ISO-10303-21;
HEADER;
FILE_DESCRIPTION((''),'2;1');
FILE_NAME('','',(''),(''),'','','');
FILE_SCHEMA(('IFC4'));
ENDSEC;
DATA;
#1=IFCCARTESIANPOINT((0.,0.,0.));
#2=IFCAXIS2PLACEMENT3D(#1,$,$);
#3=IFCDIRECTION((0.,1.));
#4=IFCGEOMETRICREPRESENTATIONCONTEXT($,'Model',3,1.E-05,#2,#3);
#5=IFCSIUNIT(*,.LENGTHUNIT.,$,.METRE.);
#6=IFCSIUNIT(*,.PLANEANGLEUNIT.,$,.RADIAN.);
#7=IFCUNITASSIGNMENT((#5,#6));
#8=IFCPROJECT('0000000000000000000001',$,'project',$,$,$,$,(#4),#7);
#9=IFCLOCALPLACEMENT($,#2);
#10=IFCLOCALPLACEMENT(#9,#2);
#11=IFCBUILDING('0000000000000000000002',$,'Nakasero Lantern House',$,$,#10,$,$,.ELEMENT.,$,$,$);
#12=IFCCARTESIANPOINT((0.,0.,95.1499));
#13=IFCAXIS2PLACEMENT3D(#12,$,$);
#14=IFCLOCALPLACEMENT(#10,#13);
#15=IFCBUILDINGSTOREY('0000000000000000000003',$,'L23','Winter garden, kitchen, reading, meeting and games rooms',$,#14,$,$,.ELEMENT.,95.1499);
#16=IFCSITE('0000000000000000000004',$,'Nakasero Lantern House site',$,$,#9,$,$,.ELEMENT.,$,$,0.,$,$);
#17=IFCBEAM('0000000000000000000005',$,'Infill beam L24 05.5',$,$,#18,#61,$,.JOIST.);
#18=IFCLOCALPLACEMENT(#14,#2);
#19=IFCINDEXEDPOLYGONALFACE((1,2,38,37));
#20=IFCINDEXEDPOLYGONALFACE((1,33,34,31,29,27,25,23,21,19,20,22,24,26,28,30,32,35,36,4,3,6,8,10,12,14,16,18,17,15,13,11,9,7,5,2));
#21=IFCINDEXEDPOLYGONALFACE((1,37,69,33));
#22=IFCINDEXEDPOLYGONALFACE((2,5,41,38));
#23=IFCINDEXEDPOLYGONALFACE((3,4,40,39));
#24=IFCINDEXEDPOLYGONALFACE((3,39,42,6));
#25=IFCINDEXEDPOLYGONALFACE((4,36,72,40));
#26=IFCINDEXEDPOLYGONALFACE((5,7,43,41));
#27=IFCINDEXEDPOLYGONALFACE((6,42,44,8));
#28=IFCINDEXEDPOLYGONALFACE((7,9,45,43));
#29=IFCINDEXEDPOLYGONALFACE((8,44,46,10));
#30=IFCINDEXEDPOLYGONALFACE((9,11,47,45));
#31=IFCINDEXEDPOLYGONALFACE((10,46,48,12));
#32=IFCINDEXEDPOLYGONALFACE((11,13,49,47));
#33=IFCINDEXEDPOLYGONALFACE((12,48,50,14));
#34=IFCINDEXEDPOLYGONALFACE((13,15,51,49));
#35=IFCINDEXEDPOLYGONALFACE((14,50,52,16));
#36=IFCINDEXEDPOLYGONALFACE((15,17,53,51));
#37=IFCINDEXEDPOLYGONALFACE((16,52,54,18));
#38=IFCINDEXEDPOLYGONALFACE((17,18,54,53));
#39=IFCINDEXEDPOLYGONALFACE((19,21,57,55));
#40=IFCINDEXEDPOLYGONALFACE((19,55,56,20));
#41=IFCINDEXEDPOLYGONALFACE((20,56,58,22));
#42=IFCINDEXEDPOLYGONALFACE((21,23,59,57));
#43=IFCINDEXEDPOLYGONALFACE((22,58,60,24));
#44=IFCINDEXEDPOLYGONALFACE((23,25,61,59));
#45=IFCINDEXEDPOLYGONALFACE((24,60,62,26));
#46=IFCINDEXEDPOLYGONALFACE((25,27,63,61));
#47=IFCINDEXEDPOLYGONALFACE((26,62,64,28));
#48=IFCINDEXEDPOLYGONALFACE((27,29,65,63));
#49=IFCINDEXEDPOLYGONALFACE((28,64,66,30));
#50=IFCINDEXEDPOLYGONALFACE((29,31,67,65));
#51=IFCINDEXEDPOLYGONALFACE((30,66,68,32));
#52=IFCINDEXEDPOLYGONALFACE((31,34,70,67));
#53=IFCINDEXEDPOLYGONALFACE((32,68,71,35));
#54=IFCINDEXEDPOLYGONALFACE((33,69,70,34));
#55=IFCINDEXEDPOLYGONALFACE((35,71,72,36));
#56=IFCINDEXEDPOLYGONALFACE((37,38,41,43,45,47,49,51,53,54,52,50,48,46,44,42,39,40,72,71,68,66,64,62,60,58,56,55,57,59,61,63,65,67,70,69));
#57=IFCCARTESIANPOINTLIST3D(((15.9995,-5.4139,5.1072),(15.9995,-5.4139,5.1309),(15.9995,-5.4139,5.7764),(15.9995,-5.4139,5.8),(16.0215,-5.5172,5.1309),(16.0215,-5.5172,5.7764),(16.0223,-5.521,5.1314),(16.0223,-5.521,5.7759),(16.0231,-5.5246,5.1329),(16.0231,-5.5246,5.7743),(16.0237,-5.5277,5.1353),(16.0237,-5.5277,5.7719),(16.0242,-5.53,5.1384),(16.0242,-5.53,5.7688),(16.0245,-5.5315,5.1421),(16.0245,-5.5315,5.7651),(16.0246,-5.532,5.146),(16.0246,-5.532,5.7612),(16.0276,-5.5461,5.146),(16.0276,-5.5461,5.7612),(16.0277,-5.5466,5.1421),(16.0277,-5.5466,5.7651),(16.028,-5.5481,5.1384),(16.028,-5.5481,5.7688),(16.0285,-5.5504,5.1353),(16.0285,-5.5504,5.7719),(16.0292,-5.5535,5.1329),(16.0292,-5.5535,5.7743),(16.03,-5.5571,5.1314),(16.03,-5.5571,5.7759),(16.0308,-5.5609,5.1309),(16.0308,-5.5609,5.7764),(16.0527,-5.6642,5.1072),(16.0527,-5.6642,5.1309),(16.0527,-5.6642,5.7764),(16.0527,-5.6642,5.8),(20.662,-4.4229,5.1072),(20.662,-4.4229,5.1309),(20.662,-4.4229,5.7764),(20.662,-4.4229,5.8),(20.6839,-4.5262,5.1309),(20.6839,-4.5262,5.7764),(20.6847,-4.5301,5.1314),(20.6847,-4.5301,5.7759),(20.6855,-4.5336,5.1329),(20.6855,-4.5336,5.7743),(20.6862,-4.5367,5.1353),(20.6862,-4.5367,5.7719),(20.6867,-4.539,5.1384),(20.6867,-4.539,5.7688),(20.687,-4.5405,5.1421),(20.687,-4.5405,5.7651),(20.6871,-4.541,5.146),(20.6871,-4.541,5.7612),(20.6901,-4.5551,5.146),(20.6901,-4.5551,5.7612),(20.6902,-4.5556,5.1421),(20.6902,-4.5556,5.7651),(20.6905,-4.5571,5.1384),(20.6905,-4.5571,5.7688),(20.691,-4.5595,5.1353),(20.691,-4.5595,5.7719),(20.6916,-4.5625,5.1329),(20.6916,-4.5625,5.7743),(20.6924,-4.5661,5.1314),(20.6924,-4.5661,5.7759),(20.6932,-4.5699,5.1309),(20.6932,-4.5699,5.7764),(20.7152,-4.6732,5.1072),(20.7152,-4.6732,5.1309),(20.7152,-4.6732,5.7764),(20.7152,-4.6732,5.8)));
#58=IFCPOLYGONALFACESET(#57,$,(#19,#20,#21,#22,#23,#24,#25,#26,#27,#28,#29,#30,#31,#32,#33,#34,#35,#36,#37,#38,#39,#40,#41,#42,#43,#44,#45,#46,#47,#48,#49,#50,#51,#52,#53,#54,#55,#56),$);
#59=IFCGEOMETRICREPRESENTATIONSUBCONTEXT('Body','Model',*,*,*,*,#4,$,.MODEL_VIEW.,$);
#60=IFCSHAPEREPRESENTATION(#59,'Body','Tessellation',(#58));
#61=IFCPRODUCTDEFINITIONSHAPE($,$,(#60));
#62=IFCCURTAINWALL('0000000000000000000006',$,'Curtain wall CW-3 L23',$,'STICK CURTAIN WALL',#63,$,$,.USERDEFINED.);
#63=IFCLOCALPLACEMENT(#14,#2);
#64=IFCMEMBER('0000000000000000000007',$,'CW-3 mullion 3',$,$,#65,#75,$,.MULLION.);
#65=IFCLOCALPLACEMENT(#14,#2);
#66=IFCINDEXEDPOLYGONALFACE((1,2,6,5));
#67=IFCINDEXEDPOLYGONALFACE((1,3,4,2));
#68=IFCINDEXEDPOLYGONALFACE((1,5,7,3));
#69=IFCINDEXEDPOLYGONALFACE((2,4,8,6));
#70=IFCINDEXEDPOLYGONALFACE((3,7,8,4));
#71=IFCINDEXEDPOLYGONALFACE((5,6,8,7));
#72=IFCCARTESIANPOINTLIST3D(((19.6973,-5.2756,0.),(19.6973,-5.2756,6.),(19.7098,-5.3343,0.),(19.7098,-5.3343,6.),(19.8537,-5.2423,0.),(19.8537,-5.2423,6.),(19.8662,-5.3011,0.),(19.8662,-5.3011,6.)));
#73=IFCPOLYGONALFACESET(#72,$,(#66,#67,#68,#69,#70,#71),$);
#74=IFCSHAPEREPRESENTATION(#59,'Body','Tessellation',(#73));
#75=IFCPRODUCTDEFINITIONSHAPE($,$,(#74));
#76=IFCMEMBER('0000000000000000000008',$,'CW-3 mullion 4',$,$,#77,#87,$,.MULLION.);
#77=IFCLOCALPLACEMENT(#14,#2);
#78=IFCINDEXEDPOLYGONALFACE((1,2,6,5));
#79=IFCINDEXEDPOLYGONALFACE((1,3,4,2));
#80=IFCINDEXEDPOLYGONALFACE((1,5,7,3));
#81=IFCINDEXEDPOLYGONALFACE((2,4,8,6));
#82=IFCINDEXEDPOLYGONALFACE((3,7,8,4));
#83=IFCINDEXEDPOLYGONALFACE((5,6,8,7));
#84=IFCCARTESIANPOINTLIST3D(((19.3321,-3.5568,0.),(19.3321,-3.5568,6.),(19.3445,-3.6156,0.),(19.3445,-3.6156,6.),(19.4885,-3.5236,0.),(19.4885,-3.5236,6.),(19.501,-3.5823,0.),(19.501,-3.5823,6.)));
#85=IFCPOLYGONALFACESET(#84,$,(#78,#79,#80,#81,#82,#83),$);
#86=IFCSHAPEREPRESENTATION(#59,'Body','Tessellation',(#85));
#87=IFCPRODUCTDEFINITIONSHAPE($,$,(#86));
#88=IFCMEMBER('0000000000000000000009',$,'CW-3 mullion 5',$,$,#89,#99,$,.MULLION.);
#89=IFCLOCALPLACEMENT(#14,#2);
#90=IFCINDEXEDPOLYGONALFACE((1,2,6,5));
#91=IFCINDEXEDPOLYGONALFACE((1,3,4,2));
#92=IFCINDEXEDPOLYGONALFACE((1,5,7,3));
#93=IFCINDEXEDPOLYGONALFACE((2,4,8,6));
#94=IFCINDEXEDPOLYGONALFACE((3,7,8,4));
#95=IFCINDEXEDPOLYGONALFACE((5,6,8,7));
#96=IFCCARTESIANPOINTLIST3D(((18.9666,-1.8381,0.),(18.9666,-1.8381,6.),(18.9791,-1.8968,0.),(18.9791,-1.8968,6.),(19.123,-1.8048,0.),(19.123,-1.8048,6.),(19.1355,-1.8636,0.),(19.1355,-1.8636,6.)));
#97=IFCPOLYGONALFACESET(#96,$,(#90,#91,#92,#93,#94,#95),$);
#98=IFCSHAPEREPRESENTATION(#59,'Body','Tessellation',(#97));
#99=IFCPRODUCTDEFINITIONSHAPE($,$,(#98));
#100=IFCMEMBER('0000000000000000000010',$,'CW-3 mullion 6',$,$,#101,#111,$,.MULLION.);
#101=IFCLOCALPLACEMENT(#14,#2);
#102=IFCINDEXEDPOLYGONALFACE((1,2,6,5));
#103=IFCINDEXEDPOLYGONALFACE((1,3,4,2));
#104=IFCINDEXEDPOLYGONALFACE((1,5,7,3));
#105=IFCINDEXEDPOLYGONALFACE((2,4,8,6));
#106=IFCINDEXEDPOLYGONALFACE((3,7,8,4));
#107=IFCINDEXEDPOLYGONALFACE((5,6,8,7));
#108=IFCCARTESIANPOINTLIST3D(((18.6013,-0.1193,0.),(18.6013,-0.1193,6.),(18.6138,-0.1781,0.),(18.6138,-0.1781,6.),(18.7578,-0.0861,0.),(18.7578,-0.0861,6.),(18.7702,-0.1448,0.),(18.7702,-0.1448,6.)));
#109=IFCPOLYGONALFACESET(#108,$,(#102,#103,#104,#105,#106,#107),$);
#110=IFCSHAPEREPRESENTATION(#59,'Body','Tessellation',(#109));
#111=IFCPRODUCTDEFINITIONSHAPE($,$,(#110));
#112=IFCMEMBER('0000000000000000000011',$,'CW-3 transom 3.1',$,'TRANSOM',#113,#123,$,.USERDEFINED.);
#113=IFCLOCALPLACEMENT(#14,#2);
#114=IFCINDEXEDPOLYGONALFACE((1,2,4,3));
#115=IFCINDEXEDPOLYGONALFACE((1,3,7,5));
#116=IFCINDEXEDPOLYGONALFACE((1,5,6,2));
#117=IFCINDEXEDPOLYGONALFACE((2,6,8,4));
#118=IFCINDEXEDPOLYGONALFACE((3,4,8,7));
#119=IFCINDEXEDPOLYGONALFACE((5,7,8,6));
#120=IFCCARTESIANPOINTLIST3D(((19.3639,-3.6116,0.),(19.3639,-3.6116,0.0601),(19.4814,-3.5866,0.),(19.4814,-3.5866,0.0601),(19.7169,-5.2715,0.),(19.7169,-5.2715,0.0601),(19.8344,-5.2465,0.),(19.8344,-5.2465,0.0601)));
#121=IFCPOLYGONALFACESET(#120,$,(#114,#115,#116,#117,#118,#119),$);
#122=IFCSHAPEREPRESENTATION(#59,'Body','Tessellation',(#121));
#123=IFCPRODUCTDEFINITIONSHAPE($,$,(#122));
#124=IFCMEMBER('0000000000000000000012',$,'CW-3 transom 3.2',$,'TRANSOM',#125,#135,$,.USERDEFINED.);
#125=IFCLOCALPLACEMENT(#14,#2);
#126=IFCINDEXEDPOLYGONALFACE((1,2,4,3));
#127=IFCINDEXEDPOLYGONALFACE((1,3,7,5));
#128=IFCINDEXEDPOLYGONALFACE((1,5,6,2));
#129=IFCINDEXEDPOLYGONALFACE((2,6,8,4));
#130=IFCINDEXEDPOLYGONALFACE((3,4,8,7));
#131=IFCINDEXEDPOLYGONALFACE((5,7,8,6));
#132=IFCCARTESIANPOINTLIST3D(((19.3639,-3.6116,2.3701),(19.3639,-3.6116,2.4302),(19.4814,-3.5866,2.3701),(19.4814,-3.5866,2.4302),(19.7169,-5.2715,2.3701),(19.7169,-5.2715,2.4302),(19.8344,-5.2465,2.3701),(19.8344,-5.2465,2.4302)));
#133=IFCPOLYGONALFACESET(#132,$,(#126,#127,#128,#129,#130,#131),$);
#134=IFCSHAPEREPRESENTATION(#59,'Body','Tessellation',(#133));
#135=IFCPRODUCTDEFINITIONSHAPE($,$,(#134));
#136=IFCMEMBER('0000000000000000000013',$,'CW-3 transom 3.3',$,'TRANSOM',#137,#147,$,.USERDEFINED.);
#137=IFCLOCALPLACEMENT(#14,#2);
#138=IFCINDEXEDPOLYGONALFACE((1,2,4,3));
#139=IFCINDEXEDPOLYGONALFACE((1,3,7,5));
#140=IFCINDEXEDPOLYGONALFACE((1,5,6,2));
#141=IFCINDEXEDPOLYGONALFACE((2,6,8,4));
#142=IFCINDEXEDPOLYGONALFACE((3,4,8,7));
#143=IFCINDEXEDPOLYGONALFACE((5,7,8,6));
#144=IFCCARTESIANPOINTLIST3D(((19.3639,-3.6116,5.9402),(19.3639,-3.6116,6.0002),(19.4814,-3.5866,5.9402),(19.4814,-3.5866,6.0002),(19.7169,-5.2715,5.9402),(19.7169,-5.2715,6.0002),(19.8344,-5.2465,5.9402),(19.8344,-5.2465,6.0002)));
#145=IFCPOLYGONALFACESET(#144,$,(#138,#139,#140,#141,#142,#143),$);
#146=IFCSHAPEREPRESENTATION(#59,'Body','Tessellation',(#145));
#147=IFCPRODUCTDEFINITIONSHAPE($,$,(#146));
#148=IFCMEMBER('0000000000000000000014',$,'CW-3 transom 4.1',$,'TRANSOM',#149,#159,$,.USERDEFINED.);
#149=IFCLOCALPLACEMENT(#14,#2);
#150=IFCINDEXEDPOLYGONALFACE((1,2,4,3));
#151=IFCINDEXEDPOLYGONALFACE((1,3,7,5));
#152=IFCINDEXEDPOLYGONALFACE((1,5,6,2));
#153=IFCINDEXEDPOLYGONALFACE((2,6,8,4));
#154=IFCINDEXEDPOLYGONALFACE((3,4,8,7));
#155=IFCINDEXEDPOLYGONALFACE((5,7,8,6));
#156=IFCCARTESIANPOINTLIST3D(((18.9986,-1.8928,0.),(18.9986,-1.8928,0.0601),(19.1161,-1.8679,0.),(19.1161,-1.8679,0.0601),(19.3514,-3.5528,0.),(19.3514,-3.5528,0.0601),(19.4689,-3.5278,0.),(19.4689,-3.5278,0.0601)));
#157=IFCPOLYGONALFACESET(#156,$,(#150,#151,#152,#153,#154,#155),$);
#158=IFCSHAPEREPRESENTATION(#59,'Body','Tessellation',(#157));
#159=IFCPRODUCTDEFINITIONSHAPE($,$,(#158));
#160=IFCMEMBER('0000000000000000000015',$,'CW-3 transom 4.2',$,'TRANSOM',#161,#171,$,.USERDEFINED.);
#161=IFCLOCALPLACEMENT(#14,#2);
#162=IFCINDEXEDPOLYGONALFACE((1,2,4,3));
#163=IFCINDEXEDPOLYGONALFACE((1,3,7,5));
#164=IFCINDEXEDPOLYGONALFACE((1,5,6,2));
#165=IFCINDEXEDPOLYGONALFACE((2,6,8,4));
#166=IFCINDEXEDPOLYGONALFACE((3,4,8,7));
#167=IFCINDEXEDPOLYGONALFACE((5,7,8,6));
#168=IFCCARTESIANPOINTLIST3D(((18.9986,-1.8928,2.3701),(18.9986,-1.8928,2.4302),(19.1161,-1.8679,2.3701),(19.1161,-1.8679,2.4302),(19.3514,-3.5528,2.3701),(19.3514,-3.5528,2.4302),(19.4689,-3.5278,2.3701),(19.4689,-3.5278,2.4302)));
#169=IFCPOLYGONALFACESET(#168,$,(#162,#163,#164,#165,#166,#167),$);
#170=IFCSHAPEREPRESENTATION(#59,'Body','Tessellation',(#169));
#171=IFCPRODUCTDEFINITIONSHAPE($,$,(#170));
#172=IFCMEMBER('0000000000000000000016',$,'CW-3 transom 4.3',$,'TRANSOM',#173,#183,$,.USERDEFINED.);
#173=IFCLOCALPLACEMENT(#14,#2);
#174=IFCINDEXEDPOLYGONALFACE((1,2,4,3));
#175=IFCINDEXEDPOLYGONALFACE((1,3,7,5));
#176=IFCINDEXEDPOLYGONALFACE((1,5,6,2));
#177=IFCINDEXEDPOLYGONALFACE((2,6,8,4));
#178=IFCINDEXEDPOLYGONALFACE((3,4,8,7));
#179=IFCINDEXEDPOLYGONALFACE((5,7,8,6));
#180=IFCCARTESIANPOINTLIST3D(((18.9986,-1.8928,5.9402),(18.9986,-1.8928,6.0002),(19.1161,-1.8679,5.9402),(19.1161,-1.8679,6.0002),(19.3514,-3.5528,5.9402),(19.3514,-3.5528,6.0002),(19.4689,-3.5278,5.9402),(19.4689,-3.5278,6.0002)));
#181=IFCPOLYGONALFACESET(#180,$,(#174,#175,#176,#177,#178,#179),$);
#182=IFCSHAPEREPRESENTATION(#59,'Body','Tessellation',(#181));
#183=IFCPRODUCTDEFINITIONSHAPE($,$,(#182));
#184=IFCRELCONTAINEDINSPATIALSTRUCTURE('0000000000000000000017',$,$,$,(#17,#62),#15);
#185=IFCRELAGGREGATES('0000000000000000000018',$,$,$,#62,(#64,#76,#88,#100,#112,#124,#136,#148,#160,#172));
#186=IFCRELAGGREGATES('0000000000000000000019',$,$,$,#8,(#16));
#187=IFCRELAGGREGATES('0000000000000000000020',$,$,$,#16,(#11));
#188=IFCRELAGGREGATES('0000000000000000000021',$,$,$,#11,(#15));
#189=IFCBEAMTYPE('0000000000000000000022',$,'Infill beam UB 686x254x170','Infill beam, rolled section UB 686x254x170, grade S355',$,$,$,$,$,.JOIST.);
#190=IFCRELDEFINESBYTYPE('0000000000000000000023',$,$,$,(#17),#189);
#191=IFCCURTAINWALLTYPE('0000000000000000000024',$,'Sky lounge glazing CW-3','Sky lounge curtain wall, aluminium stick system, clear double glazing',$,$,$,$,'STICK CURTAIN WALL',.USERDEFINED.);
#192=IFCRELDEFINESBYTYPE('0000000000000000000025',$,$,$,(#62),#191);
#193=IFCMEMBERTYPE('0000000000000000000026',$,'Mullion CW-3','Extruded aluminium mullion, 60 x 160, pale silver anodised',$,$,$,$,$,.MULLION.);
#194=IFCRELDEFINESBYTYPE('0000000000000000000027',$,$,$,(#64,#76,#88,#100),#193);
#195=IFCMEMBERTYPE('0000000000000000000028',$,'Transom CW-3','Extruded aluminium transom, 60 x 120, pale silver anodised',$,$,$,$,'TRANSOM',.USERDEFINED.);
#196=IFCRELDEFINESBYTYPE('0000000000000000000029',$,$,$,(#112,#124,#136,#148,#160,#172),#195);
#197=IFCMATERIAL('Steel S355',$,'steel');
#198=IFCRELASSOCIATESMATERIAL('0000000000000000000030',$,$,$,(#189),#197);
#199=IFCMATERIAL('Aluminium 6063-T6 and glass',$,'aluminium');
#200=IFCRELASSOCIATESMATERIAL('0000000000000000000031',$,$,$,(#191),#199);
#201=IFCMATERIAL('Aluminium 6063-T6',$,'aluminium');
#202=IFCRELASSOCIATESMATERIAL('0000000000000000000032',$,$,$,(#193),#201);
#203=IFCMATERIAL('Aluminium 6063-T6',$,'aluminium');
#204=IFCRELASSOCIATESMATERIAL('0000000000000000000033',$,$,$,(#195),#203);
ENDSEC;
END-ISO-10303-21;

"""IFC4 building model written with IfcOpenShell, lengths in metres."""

from ifc_helpers import new_model, si_unit, direction, frame, origin, origin_2d, place, context, subcontext, project, spatial, rectangle, i_section, extrude, material, material_profile, profile_set, type_object, element, aggregate, save


model = new_model("IFC4")

# Units and contexts
model_context = context("Model", 3, precision=1e-05, world=origin(), true_north=direction((0.0, 1.0)))
body_context = subcontext(model_context, "Body", "Model", "MODEL_VIEW")
ifc_project = project(units=[si_unit("LENGTHUNIT", "METRE"), si_unit("PLANEANGLEUNIT", "RADIAN")], contexts=[model_context])

# Site, building, storey
site_placement = place(None, origin())
site = spatial("IfcSite", under=ifc_project, at=site_placement, Name="Nakasero Lantern House site", CompositionType="ELEMENT", RefElevation=0.0)
building_placement = place(site_placement, origin())
building = spatial("IfcBuilding", under=site, at=building_placement, Name="Nakasero Lantern House", CompositionType="ELEMENT")
storey_placement = place(building_placement, frame((0.0, 0.0, 95.1499)))
storey = spatial("IfcBuildingStorey", under=building, at=storey_placement, Name="L23", Description="Winter garden, kitchen, reading, meeting and games rooms", CompositionType="ELEMENT", Elevation=95.1499)

# Beam
ifc_material_1 = material(Name="Steel S355", Category="steel")
ifc_material_profile_1 = material_profile(ifc_material_1, i_section(OverallWidth=0.2559, OverallDepth=0.6929, WebThickness=0.0144, FlangeThickness=0.0237, FilletRadius=0.0151, at=origin_2d()), Name="UB 686x254x170")
ifc_profile_set_1 = profile_set([ifc_material_profile_1], Name="Steel S355")
beam_type = type_object("IfcBeamType", Name="Infill beam UB 686x254x170", Description="Infill beam, rolled section UB 686x254x170, grade S355", PredefinedType="JOIST", material=ifc_profile_set_1)
beam_placement = place(storey_placement, frame((16.0261, -5.5391, 5.4536), z_axis=(0.97815, 0.207902, 0.0), x_axis=(-0.207902, 0.97815, 0.0)))
element("IfcBeam", 1, at=beam_placement, inside=storey, type_object=beam_type, Name="Infill beam L24 05.5", PredefinedType="JOIST", context=body_context, shape_type="SweptSolid", body=[
    extrude(i_section(OverallWidth=0.2559, OverallDepth=0.6929, WebThickness=0.0144, FlangeThickness=0.0237, FilletRadius=0.0151, at=origin_2d()), origin(), (0.0, 0.0, 1.0), 4.7666),
])

# Curtain wall, members
ifc_material_2 = material(Name="Aluminium 6063-T6 and glass", Category="aluminium")
curtain_wall_type = type_object("IfcCurtainWallType", Name="Sky lounge glazing CW-3", Description="Sky lounge curtain wall, aluminium stick system, clear double glazing", ElementType="STICK CURTAIN WALL", PredefinedType="USERDEFINED", material=ifc_material_2)
curtain_wall_placement = place(storey_placement, origin())
curtain_wall = element("IfcCurtainWall", 2, at=curtain_wall_placement, inside=storey, type_object=curtain_wall_type, Name="Curtain wall CW-3 L23", ObjectType="STICK CURTAIN WALL", PredefinedType="USERDEFINED")
ifc_material_3 = material(Name="Aluminium 6063-T6", Category="aluminium")
ifc_material_profile_2 = material_profile(ifc_material_3, rectangle(XDim=0.0601, YDim=0.1599, at=origin_2d()), Name="CW-3 mullion 60x160")
ifc_profile_set_2 = profile_set([ifc_material_profile_2], Name="Aluminium 6063-T6")
member_type_1 = type_object("IfcMemberType", Name="Mullion CW-3", Description="Extruded aluminium mullion, 60 x 160, pale silver anodised", PredefinedType="MULLION", material=ifc_profile_set_2)
member_1_placement = place(storey_placement, frame((19.7817, -5.2883, 0.0), z_axis=(0.0, 0.0, 1.0), x_axis=(-0.207912, 0.978148, 0.0)))
member_1 = element("IfcMember", 3, at=member_1_placement, type_object=member_type_1, Name="CW-3 mullion 3", PredefinedType="MULLION", context=body_context, shape_type="SweptSolid", body=[
    extrude(rectangle(XDim=0.0601, YDim=0.1599, at=origin_2d()), origin(), (0.0, 0.0, 1.0), 6.0),
])
member_2_placement = place(storey_placement, frame((19.4165, -3.5696, 0.0), z_axis=(0.0, 0.0, 1.0), x_axis=(-0.207912, 0.978148, 0.0)))
member_2 = element("IfcMember", 4, at=member_2_placement, type_object=member_type_1, Name="CW-3 mullion 4", PredefinedType="MULLION", context=body_context, shape_type="SweptSolid", body=[
    extrude(rectangle(XDim=0.0601, YDim=0.1599, at=origin_2d()), origin(), (0.0, 0.0, 1.0), 6.0),
])
member_3_placement = place(storey_placement, frame((19.051, -1.8508, 0.0), z_axis=(0.0, 0.0, 1.0), x_axis=(-0.207912, 0.978148, 0.0)))
member_3 = element("IfcMember", 5, at=member_3_placement, type_object=member_type_1, Name="CW-3 mullion 5", PredefinedType="MULLION", context=body_context, shape_type="SweptSolid", body=[
    extrude(rectangle(XDim=0.0601, YDim=0.1599, at=origin_2d()), origin(), (0.0, 0.0, 1.0), 6.0),
])
member_4_placement = place(storey_placement, frame((18.6858, -0.1321, 0.0), z_axis=(0.0, 0.0, 1.0), x_axis=(-0.207912, 0.978148, 0.0)))
member_4 = element("IfcMember", 6, at=member_4_placement, type_object=member_type_1, Name="CW-3 mullion 6", PredefinedType="MULLION", context=body_context, shape_type="SweptSolid", body=[
    extrude(rectangle(XDim=0.0601, YDim=0.1599, at=origin_2d()), origin(), (0.0, 0.0, 1.0), 6.0),
])
ifc_material_4 = material(Name="Aluminium 6063-T6", Category="aluminium")
ifc_material_profile_3 = material_profile(ifc_material_4, rectangle(XDim=0.0601, YDim=0.1201, at=origin_2d()), Name="CW-3 transom 60x120")
ifc_profile_set_3 = profile_set([ifc_material_profile_3], Name="Aluminium 6063-T6")
member_type_2 = type_object("IfcMemberType", Name="Transom CW-3", Description="Extruded aluminium transom, 60 x 120, pale silver anodised", ElementType="TRANSOM", PredefinedType="USERDEFINED", material=ifc_profile_set_3)
member_5_placement = place(storey_placement, frame((19.7756, -5.259, 0.03), z_axis=(-0.208026, 0.978123, 0.0), x_axis=(0.0, 0.0, 1.0)))
member_5 = element("IfcMember", 7, at=member_5_placement, type_object=member_type_2, Name="CW-3 transom 3.1", ObjectType="TRANSOM", PredefinedType="USERDEFINED", context=body_context, shape_type="SweptSolid", body=[
    extrude(rectangle(XDim=0.0601, YDim=0.1201, at=origin_2d()), origin(), (0.0, 0.0, 1.0), 1.697),
])
member_6_placement = place(storey_placement, frame((19.7756, -5.259, 2.4001), z_axis=(-0.208026, 0.978123, 0.0), x_axis=(0.0, 0.0, 1.0)))
member_6 = element("IfcMember", 8, at=member_6_placement, type_object=member_type_2, Name="CW-3 transom 3.2", ObjectType="TRANSOM", PredefinedType="USERDEFINED", context=body_context, shape_type="SweptSolid", body=[
    extrude(rectangle(XDim=0.0601, YDim=0.1201, at=origin_2d()), origin(), (0.0, 0.0, 1.0), 1.697),
])
member_7_placement = place(storey_placement, frame((19.7756, -5.259, 5.9702), z_axis=(-0.208026, 0.978123, 0.0), x_axis=(0.0, 0.0, 1.0)))
member_7 = element("IfcMember", 9, at=member_7_placement, type_object=member_type_2, Name="CW-3 transom 3.3", ObjectType="TRANSOM", PredefinedType="USERDEFINED", context=body_context, shape_type="SweptSolid", body=[
    extrude(rectangle(XDim=0.0601, YDim=0.1201, at=origin_2d()), origin(), (0.0, 0.0, 1.0), 1.697),
])
member_8_placement = place(storey_placement, frame((19.4102, -3.5403, 0.03), z_axis=(-0.207888, 0.978153, 0.0), x_axis=(0.0, 0.0, 1.0)))
member_8 = element("IfcMember", 10, at=member_8_placement, type_object=member_type_2, Name="CW-3 transom 4.1", ObjectType="TRANSOM", PredefinedType="USERDEFINED", context=body_context, shape_type="SweptSolid", body=[
    extrude(rectangle(XDim=0.0601, YDim=0.1201, at=origin_2d()), origin(), (0.0, 0.0, 1.0), 1.697),
])
member_9_placement = place(storey_placement, frame((19.4102, -3.5403, 2.4001), z_axis=(-0.207888, 0.978153, 0.0), x_axis=(0.0, 0.0, 1.0)))
member_9 = element("IfcMember", 11, at=member_9_placement, type_object=member_type_2, Name="CW-3 transom 4.2", ObjectType="TRANSOM", PredefinedType="USERDEFINED", context=body_context, shape_type="SweptSolid", body=[
    extrude(rectangle(XDim=0.0601, YDim=0.1201, at=origin_2d()), origin(), (0.0, 0.0, 1.0), 1.697),
])
member_10_placement = place(storey_placement, frame((19.4102, -3.5403, 5.9702), z_axis=(-0.207888, 0.978153, 0.0), x_axis=(0.0, 0.0, 1.0)))
member_10 = element("IfcMember", 12, at=member_10_placement, type_object=member_type_2, Name="CW-3 transom 4.3", ObjectType="TRANSOM", PredefinedType="USERDEFINED", context=body_context, shape_type="SweptSolid", body=[
    extrude(rectangle(XDim=0.0601, YDim=0.1201, at=origin_2d()), origin(), (0.0, 0.0, 1.0), 1.697),
])
aggregate(curtain_wall, [member_1, member_2, member_3, member_4, member_5, member_6, member_7, member_8, member_9, member_10])

save(model, "model.ifc")
